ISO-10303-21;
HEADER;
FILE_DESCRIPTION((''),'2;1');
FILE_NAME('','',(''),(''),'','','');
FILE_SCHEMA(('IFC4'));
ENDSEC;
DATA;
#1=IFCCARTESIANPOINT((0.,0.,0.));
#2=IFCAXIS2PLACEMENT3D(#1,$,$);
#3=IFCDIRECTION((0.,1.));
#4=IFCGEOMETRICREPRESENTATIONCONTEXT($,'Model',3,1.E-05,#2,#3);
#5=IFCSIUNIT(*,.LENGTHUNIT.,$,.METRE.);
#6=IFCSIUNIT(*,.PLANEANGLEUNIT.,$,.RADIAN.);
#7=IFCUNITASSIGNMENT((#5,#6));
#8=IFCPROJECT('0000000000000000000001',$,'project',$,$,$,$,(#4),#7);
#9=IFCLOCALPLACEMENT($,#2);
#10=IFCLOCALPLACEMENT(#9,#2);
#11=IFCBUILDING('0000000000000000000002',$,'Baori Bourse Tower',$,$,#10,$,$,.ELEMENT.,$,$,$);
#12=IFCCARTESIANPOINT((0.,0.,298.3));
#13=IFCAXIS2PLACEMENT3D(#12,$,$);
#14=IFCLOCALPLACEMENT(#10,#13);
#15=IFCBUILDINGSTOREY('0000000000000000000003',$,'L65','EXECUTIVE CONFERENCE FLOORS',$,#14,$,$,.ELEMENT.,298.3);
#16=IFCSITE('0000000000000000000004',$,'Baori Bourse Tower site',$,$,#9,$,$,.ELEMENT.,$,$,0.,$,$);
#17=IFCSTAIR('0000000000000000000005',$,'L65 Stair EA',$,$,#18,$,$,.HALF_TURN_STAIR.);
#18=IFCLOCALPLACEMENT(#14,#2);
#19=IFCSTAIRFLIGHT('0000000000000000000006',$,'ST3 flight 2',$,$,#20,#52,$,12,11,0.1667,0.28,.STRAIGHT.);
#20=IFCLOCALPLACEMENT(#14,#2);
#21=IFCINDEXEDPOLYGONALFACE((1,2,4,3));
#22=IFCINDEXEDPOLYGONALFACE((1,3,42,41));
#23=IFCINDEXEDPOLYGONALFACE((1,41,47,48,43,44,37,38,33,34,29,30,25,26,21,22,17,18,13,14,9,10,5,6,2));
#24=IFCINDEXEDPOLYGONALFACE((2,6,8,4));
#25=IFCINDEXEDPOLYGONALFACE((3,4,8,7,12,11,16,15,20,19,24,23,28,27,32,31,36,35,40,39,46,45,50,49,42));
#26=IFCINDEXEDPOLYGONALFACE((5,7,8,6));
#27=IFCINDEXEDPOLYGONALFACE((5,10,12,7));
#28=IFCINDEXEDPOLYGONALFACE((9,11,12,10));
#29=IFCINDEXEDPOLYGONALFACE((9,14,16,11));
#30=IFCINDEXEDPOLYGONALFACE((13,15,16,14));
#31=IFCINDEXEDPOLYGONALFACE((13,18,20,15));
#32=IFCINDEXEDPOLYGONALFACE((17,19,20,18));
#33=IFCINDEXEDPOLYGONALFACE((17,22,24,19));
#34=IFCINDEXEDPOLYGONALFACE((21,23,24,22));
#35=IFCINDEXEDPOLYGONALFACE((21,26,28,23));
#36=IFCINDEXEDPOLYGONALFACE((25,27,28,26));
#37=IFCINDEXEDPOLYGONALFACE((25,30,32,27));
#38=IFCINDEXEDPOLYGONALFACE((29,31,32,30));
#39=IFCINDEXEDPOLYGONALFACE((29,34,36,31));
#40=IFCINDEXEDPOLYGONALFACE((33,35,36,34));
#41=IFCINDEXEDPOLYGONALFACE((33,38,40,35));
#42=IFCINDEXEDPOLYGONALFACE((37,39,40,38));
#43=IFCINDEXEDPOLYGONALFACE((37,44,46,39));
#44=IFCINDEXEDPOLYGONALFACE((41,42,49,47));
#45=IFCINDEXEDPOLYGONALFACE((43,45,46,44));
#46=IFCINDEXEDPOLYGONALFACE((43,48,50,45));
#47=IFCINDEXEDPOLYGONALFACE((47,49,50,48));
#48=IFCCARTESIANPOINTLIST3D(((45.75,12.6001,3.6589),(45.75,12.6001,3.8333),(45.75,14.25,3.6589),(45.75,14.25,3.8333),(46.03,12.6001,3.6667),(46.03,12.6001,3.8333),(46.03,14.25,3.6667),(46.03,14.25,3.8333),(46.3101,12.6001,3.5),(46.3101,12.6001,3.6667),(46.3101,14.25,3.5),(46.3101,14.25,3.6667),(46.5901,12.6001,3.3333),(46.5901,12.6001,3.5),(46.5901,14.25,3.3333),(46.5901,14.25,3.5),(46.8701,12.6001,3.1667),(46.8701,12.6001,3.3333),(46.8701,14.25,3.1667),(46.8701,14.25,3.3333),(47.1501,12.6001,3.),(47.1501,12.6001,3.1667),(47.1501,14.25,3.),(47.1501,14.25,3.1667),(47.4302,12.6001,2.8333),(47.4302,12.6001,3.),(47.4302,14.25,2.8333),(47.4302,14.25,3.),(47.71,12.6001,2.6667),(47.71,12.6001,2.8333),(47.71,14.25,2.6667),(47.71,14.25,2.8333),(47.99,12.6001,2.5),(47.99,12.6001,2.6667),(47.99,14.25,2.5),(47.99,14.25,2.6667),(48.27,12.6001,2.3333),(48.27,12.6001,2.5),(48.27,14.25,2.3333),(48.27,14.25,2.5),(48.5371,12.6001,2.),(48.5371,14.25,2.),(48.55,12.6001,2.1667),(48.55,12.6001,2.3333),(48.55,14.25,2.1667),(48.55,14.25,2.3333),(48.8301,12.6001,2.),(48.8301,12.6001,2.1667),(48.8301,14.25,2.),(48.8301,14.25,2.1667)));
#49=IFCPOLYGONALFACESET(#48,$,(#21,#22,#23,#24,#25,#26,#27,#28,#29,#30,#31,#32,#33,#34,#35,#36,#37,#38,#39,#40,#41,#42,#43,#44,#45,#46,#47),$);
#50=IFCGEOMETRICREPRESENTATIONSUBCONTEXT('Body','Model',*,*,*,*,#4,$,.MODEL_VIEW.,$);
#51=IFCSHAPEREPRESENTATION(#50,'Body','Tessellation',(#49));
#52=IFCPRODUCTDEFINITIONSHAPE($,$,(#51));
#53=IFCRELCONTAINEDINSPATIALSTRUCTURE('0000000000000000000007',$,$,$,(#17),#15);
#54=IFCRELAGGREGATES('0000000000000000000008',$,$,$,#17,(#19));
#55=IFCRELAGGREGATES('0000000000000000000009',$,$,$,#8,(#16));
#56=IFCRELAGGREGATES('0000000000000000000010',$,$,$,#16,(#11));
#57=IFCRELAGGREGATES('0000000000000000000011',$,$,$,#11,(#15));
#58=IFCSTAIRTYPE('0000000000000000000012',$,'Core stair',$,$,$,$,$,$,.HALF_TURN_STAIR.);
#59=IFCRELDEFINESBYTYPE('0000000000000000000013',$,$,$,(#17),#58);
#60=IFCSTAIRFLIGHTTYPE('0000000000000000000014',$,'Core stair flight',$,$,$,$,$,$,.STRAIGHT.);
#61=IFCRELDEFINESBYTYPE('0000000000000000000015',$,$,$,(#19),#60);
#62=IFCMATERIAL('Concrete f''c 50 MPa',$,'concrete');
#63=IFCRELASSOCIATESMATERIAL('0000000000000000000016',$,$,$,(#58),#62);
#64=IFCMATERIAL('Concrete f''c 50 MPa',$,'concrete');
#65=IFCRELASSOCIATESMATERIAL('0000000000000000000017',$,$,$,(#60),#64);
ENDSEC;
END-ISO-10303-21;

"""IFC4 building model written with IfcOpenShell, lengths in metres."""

from ifc_helpers import new_model, si_unit, direction, frame, origin, place, context, subcontext, project, spatial, polyline, outline, extrude, material, type_object, element, aggregate, save


model = new_model("IFC4")

# Units and contexts
model_context = context("Model", 3, precision=1e-05, world=origin(), true_north=direction((0.0, 1.0)))
body_context = subcontext(model_context, "Body", "Model", "MODEL_VIEW")
ifc_project = project(units=[si_unit("LENGTHUNIT", "METRE"), si_unit("PLANEANGLEUNIT", "RADIAN")], contexts=[model_context])

# Site, building, storey
site_placement = place(None, origin())
site = spatial("IfcSite", under=ifc_project, at=site_placement, Name="Baori Bourse Tower site", CompositionType="ELEMENT", RefElevation=0.0)
building_placement = place(site_placement, origin())
building = spatial("IfcBuilding", under=site, at=building_placement, Name="Baori Bourse Tower", CompositionType="ELEMENT")
storey_placement = place(building_placement, frame((0.0, 0.0, 298.3)))
storey = spatial("IfcBuildingStorey", under=building, at=storey_placement, Name="L65", Description="EXECUTIVE CONFERENCE FLOORS", CompositionType="ELEMENT", Elevation=298.3)

# Stair, stair flight
ifc_material_1 = material(Name="Concrete f'c 50 MPa", Category="concrete")
stair_type = type_object("IfcStairType", Name="Core stair", PredefinedType="HALF_TURN_STAIR", material=ifc_material_1)
stair_placement = place(storey_placement, origin())
stair = element("IfcStair", 1, at=stair_placement, inside=storey, type_object=stair_type, Name="L65 Stair EA", PredefinedType="HALF_TURN_STAIR")
ifc_material_2 = material(Name="Concrete f'c 50 MPa", Category="concrete")
stair_flight_type = type_object("IfcStairFlightType", Name="Core stair flight", PredefinedType="STRAIGHT", material=ifc_material_2)
stair_flight_1_placement = place(storey_placement, frame((48.8301, 13.425, 2.0), z_axis=(0.0, 0.0, 1.0), x_axis=(-1.0, 0.0, 0.0)))
stair_flight_1 = element("IfcStairFlight", 2, at=stair_flight_1_placement, type_object=stair_flight_type, Name="ST3 flight 2", NumberOfRisers=12, NumberOfTreads=11, PredefinedType="STRAIGHT", RiserHeight=0.1667, TreadLength=0.28, context=body_context, shape_type="SweptSolid", body=[
    extrude(outline(polyline([(0.0, 0.0), (0.0, 0.1667), (0.28, 0.1667), (0.28, 0.3333), (0.5601, 0.3333), (0.5601, 0.5), (0.8401, 0.5), (0.8401, 0.6667), (1.1201, 0.6667), (1.1201, 0.8333), (1.3999, 0.8333), (1.3999, 1.0), (1.6799, 1.0), (1.6799, 1.1667), (1.96, 1.1667), (1.96, 1.3333), (2.24, 1.3333), (2.24, 1.5), (2.52, 1.5), (2.52, 1.6667), (2.8, 1.6667), (2.8, 1.8333), (3.0801, 1.8333), (3.0801, 2.0), (3.0801, 1.6589), (0.293, 0.0), (0.0, 0.0)])), frame((0.0, 0.825, 0.0), z_axis=(0.0, -1.0, 0.0), x_axis=(1.0, 0.0, 0.0)), (0.0, 0.0, 1.0), 1.6499),
])
aggregate(stair, [stair_flight_1])

save(model, "model.ifc")
